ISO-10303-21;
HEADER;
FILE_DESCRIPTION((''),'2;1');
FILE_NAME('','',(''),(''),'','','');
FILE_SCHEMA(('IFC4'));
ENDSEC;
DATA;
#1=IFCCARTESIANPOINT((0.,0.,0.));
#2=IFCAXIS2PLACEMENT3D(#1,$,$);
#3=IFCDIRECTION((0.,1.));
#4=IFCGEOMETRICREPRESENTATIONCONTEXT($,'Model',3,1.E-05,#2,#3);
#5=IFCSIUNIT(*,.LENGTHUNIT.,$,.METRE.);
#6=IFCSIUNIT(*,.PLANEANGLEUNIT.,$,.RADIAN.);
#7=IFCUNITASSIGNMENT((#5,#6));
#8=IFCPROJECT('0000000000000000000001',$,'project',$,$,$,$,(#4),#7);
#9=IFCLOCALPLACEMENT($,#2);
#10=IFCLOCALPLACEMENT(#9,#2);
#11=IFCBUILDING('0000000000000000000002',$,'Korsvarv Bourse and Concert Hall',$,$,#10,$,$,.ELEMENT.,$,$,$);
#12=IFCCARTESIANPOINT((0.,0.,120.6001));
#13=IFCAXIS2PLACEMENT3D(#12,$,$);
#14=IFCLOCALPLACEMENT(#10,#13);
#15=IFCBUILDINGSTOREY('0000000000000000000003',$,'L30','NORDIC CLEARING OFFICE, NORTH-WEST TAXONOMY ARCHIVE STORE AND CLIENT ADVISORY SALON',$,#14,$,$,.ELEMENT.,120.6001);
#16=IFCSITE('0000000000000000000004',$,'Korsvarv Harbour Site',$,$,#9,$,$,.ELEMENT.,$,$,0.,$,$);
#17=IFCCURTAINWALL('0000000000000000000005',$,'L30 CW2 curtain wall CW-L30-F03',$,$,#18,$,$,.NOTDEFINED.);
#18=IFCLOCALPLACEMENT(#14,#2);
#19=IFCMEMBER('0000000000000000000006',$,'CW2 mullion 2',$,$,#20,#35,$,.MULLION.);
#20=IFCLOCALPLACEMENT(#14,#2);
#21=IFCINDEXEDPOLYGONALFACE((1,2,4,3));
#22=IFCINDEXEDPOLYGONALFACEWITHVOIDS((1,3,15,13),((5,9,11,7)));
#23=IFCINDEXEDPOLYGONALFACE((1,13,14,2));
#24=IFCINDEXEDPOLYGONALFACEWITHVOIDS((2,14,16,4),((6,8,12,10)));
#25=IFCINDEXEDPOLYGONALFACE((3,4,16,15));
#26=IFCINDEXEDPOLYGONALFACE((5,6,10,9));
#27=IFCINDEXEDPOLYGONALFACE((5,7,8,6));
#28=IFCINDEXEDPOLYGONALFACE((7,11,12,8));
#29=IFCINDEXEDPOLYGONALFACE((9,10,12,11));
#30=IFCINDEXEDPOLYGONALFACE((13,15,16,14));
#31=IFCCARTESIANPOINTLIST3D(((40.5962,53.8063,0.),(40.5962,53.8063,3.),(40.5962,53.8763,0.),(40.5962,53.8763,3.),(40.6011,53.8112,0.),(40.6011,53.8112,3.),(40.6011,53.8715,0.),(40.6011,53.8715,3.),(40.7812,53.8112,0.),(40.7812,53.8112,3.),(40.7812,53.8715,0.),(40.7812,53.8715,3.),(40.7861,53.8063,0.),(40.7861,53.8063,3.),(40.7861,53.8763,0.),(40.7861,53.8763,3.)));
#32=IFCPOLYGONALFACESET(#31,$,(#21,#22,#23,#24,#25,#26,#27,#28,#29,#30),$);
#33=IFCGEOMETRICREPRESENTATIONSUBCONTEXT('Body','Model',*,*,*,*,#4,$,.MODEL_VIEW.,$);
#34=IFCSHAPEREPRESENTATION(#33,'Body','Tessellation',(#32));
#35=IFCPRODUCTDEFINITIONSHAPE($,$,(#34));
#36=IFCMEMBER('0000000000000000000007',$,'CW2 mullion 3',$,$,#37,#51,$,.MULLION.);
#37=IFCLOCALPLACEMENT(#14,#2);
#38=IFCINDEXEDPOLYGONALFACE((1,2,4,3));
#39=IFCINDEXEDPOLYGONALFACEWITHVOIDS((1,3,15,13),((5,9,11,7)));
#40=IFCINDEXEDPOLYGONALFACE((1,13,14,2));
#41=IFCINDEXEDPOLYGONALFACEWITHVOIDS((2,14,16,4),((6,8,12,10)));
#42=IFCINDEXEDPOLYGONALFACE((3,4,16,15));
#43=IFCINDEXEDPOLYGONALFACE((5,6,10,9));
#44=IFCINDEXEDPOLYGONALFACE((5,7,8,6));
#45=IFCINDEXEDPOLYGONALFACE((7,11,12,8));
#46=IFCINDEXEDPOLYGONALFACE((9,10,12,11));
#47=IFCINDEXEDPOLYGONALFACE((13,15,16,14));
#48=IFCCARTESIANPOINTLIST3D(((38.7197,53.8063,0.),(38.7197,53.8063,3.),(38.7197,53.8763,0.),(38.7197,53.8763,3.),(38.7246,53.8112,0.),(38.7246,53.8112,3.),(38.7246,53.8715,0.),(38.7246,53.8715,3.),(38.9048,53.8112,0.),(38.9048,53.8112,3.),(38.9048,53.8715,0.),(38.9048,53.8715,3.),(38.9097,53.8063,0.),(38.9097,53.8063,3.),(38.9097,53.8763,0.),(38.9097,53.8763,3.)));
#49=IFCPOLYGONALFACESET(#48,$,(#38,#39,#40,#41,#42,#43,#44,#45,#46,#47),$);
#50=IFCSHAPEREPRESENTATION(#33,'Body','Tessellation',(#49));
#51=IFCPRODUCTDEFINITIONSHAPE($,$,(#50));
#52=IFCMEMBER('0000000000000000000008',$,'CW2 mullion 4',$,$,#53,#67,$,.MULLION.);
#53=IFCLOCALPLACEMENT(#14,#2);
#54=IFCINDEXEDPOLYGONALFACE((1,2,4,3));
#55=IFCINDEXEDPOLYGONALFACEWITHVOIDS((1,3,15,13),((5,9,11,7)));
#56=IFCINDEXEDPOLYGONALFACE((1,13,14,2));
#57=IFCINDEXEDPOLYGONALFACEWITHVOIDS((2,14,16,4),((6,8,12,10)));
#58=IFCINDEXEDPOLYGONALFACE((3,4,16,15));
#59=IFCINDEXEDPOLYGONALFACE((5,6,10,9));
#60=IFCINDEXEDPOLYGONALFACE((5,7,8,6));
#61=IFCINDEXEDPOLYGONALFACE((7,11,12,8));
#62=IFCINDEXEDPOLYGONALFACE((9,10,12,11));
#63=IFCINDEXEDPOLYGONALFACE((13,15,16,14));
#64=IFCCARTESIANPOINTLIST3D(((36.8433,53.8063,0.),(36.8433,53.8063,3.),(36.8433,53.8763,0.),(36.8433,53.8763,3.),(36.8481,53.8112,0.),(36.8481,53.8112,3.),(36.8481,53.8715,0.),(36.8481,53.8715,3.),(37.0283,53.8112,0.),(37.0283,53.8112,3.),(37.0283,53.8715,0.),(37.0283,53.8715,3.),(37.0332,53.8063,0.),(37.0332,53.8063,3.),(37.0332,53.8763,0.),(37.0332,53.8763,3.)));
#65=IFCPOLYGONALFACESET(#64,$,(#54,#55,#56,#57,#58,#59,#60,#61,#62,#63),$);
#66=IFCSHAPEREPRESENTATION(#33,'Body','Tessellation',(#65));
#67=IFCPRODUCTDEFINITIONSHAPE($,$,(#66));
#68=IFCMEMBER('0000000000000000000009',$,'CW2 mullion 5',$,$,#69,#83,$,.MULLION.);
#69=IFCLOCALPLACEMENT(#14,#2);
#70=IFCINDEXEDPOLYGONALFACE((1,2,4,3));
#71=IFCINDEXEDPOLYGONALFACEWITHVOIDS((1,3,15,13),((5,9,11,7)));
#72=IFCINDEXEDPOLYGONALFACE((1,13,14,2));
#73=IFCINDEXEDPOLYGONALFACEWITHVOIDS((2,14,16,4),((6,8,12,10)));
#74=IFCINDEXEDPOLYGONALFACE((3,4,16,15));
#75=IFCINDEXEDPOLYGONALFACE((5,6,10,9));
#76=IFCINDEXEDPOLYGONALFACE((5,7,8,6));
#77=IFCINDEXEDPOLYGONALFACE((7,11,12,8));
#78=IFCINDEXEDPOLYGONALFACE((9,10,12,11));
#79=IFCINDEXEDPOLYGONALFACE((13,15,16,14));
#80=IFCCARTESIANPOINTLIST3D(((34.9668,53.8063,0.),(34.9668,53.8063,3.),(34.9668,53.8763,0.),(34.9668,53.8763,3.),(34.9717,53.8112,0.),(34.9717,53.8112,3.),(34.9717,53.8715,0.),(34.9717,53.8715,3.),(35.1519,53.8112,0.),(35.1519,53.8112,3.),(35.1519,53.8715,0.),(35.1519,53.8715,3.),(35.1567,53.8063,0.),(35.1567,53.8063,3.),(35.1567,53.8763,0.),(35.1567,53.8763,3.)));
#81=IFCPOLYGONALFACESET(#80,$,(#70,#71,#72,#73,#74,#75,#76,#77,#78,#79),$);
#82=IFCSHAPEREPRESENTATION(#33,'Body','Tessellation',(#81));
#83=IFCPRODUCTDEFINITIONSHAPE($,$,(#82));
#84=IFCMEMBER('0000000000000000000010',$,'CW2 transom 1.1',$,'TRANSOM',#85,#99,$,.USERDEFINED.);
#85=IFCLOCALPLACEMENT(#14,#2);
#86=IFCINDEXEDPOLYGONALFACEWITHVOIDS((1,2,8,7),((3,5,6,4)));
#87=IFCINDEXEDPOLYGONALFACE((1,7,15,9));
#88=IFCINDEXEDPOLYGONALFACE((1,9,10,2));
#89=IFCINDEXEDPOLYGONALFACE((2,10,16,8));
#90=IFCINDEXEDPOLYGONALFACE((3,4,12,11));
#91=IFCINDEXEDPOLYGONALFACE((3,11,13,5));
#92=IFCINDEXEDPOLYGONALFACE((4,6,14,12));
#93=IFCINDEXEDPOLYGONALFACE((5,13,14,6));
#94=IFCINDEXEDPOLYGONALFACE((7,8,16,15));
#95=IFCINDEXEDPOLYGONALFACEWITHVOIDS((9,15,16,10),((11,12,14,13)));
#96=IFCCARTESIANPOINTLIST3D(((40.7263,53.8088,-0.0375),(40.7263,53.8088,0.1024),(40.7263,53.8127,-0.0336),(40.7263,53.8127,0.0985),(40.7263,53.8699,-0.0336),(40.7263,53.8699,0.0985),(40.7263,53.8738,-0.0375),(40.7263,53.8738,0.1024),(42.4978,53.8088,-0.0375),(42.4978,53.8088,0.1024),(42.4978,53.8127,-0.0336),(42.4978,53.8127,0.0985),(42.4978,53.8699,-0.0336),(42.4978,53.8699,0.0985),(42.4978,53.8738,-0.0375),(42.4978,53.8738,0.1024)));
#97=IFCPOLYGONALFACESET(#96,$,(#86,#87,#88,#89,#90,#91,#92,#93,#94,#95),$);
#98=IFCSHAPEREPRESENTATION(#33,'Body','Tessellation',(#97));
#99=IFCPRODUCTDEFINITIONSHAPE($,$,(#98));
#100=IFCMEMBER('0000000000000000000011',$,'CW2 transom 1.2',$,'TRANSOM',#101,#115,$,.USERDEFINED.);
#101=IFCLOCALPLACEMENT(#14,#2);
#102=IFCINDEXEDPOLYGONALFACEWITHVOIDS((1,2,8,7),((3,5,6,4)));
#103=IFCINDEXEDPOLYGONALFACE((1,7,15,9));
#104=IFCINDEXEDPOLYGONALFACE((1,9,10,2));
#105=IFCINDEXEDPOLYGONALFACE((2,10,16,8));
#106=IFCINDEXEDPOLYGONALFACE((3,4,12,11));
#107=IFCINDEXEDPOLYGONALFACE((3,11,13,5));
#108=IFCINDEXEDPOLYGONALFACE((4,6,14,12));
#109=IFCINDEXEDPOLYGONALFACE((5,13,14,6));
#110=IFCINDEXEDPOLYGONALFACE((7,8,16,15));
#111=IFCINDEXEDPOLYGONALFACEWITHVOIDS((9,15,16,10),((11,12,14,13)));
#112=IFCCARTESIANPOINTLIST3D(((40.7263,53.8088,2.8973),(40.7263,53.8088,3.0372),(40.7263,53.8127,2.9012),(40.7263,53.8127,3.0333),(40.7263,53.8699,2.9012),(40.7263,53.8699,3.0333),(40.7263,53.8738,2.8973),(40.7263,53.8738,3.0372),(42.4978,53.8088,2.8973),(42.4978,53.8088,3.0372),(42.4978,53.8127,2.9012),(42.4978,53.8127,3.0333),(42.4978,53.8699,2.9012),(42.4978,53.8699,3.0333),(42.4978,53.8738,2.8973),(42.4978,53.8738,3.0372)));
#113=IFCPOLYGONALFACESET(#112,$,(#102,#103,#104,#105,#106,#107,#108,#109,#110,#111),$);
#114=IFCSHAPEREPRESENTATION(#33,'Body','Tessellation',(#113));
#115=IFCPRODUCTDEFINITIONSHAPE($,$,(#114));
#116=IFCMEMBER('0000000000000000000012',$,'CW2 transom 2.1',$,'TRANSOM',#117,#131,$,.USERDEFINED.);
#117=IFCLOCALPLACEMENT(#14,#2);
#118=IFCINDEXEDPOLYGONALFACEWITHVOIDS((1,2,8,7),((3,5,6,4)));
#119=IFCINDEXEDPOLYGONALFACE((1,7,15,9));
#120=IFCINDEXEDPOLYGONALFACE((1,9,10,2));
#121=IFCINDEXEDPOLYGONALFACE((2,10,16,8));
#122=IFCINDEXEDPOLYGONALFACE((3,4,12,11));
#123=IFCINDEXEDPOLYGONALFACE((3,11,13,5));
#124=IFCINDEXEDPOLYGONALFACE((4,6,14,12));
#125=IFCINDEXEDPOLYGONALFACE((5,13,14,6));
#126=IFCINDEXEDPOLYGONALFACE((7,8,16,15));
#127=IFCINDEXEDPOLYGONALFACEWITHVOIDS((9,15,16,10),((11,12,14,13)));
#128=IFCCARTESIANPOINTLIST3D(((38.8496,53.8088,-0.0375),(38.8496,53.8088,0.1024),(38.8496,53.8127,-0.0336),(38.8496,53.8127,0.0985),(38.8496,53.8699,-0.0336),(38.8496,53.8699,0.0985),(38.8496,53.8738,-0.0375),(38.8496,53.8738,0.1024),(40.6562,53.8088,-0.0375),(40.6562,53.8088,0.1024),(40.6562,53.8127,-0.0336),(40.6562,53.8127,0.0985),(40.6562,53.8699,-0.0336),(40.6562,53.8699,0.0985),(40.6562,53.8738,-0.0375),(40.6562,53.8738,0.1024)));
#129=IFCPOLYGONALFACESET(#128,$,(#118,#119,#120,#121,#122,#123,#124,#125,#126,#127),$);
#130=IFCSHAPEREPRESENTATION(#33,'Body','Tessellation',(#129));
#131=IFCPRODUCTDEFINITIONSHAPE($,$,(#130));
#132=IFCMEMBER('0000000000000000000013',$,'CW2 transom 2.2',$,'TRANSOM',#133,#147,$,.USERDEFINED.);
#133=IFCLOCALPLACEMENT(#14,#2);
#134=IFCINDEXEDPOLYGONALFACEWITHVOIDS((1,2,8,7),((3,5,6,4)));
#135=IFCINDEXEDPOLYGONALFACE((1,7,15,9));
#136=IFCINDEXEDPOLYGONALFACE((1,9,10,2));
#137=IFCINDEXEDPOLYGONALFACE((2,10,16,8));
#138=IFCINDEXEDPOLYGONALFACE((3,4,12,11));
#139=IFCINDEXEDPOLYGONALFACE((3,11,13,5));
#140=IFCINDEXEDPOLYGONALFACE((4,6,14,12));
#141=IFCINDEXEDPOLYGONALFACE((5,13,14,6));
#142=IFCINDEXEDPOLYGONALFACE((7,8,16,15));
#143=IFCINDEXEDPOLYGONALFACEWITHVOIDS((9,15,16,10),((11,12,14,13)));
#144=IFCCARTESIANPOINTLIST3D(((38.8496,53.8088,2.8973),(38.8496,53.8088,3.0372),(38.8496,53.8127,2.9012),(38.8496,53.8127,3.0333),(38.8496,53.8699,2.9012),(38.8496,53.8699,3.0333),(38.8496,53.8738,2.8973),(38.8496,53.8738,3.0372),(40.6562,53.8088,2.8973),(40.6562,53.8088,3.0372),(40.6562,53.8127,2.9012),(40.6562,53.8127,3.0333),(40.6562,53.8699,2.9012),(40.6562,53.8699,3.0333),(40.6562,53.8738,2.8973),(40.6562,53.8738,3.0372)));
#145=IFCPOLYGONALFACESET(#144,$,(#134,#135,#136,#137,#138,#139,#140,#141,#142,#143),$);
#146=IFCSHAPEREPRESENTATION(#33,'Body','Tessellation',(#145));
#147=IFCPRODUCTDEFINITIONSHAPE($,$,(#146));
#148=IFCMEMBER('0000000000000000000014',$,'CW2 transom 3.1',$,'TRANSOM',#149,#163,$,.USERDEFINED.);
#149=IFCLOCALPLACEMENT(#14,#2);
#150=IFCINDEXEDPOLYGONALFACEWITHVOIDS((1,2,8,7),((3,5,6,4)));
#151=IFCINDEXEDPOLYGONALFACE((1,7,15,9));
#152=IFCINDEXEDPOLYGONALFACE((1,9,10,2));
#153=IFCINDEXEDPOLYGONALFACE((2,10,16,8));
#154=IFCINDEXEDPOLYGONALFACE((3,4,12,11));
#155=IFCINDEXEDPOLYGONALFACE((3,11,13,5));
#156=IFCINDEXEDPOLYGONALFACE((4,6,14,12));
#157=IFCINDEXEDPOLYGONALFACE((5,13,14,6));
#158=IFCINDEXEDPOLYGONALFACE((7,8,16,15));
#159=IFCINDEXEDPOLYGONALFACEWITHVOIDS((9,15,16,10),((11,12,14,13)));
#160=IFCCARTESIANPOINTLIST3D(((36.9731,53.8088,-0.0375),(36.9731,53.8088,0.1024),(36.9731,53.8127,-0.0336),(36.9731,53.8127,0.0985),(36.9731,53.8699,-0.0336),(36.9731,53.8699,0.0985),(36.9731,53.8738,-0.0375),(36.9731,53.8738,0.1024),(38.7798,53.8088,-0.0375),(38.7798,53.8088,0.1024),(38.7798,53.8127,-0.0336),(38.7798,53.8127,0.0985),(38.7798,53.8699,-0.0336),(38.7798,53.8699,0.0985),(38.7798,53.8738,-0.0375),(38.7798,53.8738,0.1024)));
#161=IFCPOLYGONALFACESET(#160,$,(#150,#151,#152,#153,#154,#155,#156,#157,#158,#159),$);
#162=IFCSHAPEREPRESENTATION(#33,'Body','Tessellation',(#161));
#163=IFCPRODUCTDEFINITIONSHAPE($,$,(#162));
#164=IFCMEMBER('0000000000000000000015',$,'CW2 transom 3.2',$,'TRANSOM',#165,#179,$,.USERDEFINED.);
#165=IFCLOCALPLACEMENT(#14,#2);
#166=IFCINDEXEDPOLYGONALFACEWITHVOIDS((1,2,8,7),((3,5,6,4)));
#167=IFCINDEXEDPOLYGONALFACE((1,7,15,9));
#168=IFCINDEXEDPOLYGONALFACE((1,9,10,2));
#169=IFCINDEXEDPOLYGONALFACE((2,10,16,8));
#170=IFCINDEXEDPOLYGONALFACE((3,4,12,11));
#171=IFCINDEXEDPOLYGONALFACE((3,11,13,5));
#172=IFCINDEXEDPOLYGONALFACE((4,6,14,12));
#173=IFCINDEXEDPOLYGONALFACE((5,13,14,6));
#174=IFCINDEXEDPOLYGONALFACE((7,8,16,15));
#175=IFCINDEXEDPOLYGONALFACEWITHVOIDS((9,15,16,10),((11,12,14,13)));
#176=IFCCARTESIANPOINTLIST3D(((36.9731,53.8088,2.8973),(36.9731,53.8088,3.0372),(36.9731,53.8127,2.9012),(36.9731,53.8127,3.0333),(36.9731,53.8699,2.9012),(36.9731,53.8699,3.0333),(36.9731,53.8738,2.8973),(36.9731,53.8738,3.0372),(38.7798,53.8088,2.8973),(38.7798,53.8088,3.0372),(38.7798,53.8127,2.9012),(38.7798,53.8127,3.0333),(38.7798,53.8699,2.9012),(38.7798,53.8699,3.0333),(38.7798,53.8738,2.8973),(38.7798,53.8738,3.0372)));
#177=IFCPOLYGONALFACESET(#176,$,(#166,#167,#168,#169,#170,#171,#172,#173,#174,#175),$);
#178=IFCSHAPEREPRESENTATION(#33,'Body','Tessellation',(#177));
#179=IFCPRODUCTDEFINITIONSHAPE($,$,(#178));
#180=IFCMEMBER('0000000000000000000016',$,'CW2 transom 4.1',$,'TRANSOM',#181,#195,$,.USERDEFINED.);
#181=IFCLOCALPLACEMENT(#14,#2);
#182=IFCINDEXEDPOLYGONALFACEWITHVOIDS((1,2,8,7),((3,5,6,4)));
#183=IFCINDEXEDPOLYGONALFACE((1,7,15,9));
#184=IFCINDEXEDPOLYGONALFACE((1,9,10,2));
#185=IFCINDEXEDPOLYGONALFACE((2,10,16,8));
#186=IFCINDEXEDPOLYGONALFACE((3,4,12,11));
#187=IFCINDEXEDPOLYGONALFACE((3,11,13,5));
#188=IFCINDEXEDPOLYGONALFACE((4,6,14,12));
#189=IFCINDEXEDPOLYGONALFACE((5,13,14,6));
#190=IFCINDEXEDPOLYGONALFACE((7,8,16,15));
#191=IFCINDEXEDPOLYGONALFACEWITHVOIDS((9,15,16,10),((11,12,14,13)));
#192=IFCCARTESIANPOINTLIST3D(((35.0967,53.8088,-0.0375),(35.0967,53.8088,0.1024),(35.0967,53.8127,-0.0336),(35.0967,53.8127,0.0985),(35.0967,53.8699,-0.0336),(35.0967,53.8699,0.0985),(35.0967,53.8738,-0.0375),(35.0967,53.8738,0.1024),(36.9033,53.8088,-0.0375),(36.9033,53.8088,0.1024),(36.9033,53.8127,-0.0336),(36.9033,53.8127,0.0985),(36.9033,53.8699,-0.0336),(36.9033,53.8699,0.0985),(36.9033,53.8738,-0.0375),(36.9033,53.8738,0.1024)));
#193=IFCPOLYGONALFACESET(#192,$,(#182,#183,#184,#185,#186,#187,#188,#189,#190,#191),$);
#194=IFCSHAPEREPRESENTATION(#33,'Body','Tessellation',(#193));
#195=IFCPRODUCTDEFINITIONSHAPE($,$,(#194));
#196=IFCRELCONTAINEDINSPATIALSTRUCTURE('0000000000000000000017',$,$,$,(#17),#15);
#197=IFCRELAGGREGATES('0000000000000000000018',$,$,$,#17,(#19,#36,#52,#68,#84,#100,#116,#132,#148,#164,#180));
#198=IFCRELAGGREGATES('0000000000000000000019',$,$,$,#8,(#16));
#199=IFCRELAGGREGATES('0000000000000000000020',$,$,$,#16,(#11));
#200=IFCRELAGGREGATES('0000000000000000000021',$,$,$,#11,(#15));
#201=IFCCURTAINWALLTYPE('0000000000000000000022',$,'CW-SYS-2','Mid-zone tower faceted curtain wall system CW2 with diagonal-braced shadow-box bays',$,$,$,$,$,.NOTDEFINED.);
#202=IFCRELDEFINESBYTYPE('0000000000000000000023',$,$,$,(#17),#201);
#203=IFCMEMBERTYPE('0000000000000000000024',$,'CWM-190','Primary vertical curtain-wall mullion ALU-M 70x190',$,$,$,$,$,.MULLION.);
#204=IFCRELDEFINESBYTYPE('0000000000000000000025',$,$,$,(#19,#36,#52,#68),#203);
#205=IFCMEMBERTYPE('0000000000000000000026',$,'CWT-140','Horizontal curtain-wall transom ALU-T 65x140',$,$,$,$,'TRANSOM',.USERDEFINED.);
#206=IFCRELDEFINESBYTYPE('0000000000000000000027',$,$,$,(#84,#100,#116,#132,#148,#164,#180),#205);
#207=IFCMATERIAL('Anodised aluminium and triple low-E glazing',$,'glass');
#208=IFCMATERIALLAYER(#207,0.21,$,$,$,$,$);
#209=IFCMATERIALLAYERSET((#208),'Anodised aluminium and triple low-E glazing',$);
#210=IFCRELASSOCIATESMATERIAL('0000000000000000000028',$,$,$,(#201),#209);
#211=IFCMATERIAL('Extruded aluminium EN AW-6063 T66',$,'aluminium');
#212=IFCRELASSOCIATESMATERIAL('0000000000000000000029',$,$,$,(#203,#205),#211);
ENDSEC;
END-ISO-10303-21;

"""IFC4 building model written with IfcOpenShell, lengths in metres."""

from ifc_helpers import new_model, si_unit, direction, frame, origin, origin_2d, place, context, subcontext, project, spatial, hollow_rectangle, extrude, source, transform, mapped, material, layer, layer_set, material_profile, profile_set, type_object, element, aggregate, save


model = new_model("IFC4")

# Units and contexts
model_context = context("Model", 3, precision=1e-05, world=origin(), true_north=direction((0.0, 1.0)))
body_context = subcontext(model_context, "Body", "Model", "MODEL_VIEW")
ifc_project = project(units=[si_unit("LENGTHUNIT", "METRE"), si_unit("PLANEANGLEUNIT", "RADIAN")], contexts=[model_context])

# Site, building, storey
site_placement = place(None, origin())
site = spatial("IfcSite", under=ifc_project, at=site_placement, Name="Korsvarv Harbour Site", CompositionType="ELEMENT", RefElevation=0.0)
building_placement = place(site_placement, origin())
building = spatial("IfcBuilding", under=site, at=building_placement, Name="Korsvarv Bourse and Concert Hall", CompositionType="ELEMENT")
storey_placement = place(building_placement, frame((0.0, 0.0, 120.6001)))
storey = spatial("IfcBuildingStorey", under=building, at=storey_placement, Name="L30", Description="NORDIC CLEARING OFFICE, NORTH-WEST TAXONOMY ARCHIVE STORE AND CLIENT ADVISORY SALON", CompositionType="ELEMENT", Elevation=120.6001)

# Curtain wall, members
ifc_material_1 = material(Name="Anodised aluminium and triple low-E glazing", Category="glass")
ifc_layer_1 = layer(ifc_material_1, 0.21)
ifc_layer_set_1 = layer_set([ifc_layer_1], Name="Anodised aluminium and triple low-E glazing")
curtain_wall_type = type_object("IfcCurtainWallType", Name="CW-SYS-2", Description="Mid-zone tower faceted curtain wall system CW2 with diagonal-braced shadow-box bays", PredefinedType="NOTDEFINED", material=ifc_layer_set_1)
curtain_wall_placement = place(storey_placement, origin())
curtain_wall = element("IfcCurtainWall", 1, at=curtain_wall_placement, inside=storey, type_object=curtain_wall_type, Name="L30 CW2 curtain wall CW-L30-F03", PredefinedType="NOTDEFINED")
ifc_material_2 = material(Name="Extruded aluminium EN AW-6063 T66", Category="aluminium")
ifc_material_profile_1 = material_profile(ifc_material_2, hollow_rectangle(XDim=0.0701, YDim=0.1899, WallThickness=0.0049, at=origin_2d()), Name="ALU-M 70x190")
ifc_profile_set_1 = profile_set([ifc_material_profile_1], Name="Extruded aluminium EN AW-6063 T66")
member_type_1 = type_object("IfcMemberType", Name="CWM-190", Description="Primary vertical curtain-wall mullion ALU-M 70x190", PredefinedType="MULLION", material=ifc_profile_set_1)
shared_shape_1 = source(origin(), body_context, "Body", "SweptSolid", [
    extrude(hollow_rectangle(XDim=0.0701, YDim=0.1899, WallThickness=0.0049, at=origin_2d()), origin(), (0.0, 0.0, 1.0), 3.0),
])
member_1_placement = place(storey_placement, frame((40.6912, 53.8413, 0.0), z_axis=(0.0, 0.0, 1.0), x_axis=(0.0, -1.0, 0.0)))
member_1 = element("IfcMember", 2, at=member_1_placement, type_object=member_type_1, Name="CW2 mullion 2", PredefinedType="MULLION", context=body_context, shape_type="MappedRepresentation", body=[
    mapped(shared_shape_1, transform((0.0, 0.0, 0.0), scale=1.0)),
])
member_2_placement = place(storey_placement, frame((38.8147, 53.8413, 0.0), z_axis=(0.0, 0.0, 1.0), x_axis=(0.0, -1.0, 0.0)))
member_2 = element("IfcMember", 3, at=member_2_placement, type_object=member_type_1, Name="CW2 mullion 3", PredefinedType="MULLION", context=body_context, shape_type="MappedRepresentation", body=[
    mapped(shared_shape_1, transform((0.0, 0.0, 0.0), scale=1.0)),
])
member_3_placement = place(storey_placement, frame((36.9382, 53.8413, 0.0), z_axis=(0.0, 0.0, 1.0), x_axis=(0.0, -1.0, 0.0)))
member_3 = element("IfcMember", 4, at=member_3_placement, type_object=member_type_1, Name="CW2 mullion 4", PredefinedType="MULLION", context=body_context, shape_type="MappedRepresentation", body=[
    mapped(shared_shape_1, transform((0.0, 0.0, 0.0), scale=1.0)),
])
member_4_placement = place(storey_placement, frame((35.0618, 53.8413, 0.0), z_axis=(0.0, 0.0, 1.0), x_axis=(0.0, -1.0, 0.0)))
member_4 = element("IfcMember", 5, at=member_4_placement, type_object=member_type_1, Name="CW2 mullion 5", PredefinedType="MULLION", context=body_context, shape_type="MappedRepresentation", body=[
    mapped(shared_shape_1, transform((0.0, 0.0, 0.0), scale=1.0)),
])
ifc_material_profile_2 = material_profile(ifc_material_2, hollow_rectangle(XDim=0.0649, YDim=0.1399, WallThickness=0.0039, at=origin_2d()), Name="ALU-T 65x140")
ifc_profile_set_2 = profile_set([ifc_material_profile_2], Name="Extruded aluminium EN AW-6063 T66")
member_type_2 = type_object("IfcMemberType", Name="CWT-140", Description="Horizontal curtain-wall transom ALU-T 65x140", ElementType="TRANSOM", PredefinedType="USERDEFINED", material=ifc_profile_set_2)
shared_shape_2 = source(origin(), body_context, "Body", "SweptSolid", [
    extrude(hollow_rectangle(XDim=0.0649, YDim=0.1399, WallThickness=0.0039, at=origin_2d()), origin(), (0.0, 0.0, 1.0), 1.7715),
])
member_5_placement = place(storey_placement, frame((42.4978, 53.8413, 0.0325), z_axis=(-1.0, 0.0, 0.0), x_axis=(0.0, -1.0, 0.0)))
member_5 = element("IfcMember", 6, at=member_5_placement, type_object=member_type_2, Name="CW2 transom 1.1", ObjectType="TRANSOM", PredefinedType="USERDEFINED", context=body_context, shape_type="MappedRepresentation", body=[
    mapped(shared_shape_2, transform((0.0, 0.0, 0.0), scale=1.0)),
])
member_6_placement = place(storey_placement, frame((42.4978, 53.8413, 2.9673), z_axis=(-1.0, 0.0, 0.0), x_axis=(0.0, -1.0, 0.0)))
member_6 = element("IfcMember", 7, at=member_6_placement, type_object=member_type_2, Name="CW2 transom 1.2", ObjectType="TRANSOM", PredefinedType="USERDEFINED", context=body_context, shape_type="MappedRepresentation", body=[
    mapped(shared_shape_2, transform((0.0, 0.0, 0.0), scale=1.0)),
])
shared_shape_3 = source(origin(), body_context, "Body", "SweptSolid", [
    extrude(hollow_rectangle(XDim=0.0649, YDim=0.1399, WallThickness=0.0039, at=origin_2d()), origin(), (0.0, 0.0, 1.0), 1.8066),
])
member_7_placement = place(storey_placement, frame((40.6562, 53.8413, 0.0325), z_axis=(-1.0, 0.0, 0.0), x_axis=(0.0, -1.0, 0.0)))
member_7 = element("IfcMember", 8, at=member_7_placement, type_object=member_type_2, Name="CW2 transom 2.1", ObjectType="TRANSOM", PredefinedType="USERDEFINED", context=body_context, shape_type="MappedRepresentation", body=[
    mapped(shared_shape_3, transform((0.0, 0.0, 0.0), scale=1.0)),
])
member_8_placement = place(storey_placement, frame((40.6562, 53.8413, 2.9673), z_axis=(-1.0, 0.0, 0.0), x_axis=(0.0, -1.0, 0.0)))
member_8 = element("IfcMember", 9, at=member_8_placement, type_object=member_type_2, Name="CW2 transom 2.2", ObjectType="TRANSOM", PredefinedType="USERDEFINED", context=body_context, shape_type="MappedRepresentation", body=[
    mapped(shared_shape_3, transform((0.0, 0.0, 0.0), scale=1.0)),
])
member_9_placement = place(storey_placement, frame((38.7798, 53.8413, 0.0325), z_axis=(-1.0, 0.0, 0.0), x_axis=(0.0, -1.0, 0.0)))
member_9 = element("IfcMember", 10, at=member_9_placement, type_object=member_type_2, Name="CW2 transom 3.1", ObjectType="TRANSOM", PredefinedType="USERDEFINED", context=body_context, shape_type="MappedRepresentation", body=[
    mapped(shared_shape_3, transform((0.0, 0.0, 0.0), scale=1.0)),
])
member_10_placement = place(storey_placement, frame((38.7798, 53.8413, 2.9673), z_axis=(-1.0, 0.0, 0.0), x_axis=(0.0, -1.0, 0.0)))
member_10 = element("IfcMember", 11, at=member_10_placement, type_object=member_type_2, Name="CW2 transom 3.2", ObjectType="TRANSOM", PredefinedType="USERDEFINED", context=body_context, shape_type="MappedRepresentation", body=[
    mapped(shared_shape_3, transform((0.0, 0.0, 0.0), scale=1.0)),
])
member_11_placement = place(storey_placement, frame((36.9033, 53.8413, 0.0325), z_axis=(-1.0, 0.0, 0.0), x_axis=(0.0, -1.0, 0.0)))
member_11 = element("IfcMember", 12, at=member_11_placement, type_object=member_type_2, Name="CW2 transom 4.1", ObjectType="TRANSOM", PredefinedType="USERDEFINED", context=body_context, shape_type="MappedRepresentation", body=[
    mapped(shared_shape_3, transform((0.0, 0.0, 0.0), scale=1.0)),
])
aggregate(curtain_wall, [member_1, member_2, member_3, member_4, member_5, member_6, member_7, member_8, member_9, member_10, member_11])

save(model, "model.ifc")
